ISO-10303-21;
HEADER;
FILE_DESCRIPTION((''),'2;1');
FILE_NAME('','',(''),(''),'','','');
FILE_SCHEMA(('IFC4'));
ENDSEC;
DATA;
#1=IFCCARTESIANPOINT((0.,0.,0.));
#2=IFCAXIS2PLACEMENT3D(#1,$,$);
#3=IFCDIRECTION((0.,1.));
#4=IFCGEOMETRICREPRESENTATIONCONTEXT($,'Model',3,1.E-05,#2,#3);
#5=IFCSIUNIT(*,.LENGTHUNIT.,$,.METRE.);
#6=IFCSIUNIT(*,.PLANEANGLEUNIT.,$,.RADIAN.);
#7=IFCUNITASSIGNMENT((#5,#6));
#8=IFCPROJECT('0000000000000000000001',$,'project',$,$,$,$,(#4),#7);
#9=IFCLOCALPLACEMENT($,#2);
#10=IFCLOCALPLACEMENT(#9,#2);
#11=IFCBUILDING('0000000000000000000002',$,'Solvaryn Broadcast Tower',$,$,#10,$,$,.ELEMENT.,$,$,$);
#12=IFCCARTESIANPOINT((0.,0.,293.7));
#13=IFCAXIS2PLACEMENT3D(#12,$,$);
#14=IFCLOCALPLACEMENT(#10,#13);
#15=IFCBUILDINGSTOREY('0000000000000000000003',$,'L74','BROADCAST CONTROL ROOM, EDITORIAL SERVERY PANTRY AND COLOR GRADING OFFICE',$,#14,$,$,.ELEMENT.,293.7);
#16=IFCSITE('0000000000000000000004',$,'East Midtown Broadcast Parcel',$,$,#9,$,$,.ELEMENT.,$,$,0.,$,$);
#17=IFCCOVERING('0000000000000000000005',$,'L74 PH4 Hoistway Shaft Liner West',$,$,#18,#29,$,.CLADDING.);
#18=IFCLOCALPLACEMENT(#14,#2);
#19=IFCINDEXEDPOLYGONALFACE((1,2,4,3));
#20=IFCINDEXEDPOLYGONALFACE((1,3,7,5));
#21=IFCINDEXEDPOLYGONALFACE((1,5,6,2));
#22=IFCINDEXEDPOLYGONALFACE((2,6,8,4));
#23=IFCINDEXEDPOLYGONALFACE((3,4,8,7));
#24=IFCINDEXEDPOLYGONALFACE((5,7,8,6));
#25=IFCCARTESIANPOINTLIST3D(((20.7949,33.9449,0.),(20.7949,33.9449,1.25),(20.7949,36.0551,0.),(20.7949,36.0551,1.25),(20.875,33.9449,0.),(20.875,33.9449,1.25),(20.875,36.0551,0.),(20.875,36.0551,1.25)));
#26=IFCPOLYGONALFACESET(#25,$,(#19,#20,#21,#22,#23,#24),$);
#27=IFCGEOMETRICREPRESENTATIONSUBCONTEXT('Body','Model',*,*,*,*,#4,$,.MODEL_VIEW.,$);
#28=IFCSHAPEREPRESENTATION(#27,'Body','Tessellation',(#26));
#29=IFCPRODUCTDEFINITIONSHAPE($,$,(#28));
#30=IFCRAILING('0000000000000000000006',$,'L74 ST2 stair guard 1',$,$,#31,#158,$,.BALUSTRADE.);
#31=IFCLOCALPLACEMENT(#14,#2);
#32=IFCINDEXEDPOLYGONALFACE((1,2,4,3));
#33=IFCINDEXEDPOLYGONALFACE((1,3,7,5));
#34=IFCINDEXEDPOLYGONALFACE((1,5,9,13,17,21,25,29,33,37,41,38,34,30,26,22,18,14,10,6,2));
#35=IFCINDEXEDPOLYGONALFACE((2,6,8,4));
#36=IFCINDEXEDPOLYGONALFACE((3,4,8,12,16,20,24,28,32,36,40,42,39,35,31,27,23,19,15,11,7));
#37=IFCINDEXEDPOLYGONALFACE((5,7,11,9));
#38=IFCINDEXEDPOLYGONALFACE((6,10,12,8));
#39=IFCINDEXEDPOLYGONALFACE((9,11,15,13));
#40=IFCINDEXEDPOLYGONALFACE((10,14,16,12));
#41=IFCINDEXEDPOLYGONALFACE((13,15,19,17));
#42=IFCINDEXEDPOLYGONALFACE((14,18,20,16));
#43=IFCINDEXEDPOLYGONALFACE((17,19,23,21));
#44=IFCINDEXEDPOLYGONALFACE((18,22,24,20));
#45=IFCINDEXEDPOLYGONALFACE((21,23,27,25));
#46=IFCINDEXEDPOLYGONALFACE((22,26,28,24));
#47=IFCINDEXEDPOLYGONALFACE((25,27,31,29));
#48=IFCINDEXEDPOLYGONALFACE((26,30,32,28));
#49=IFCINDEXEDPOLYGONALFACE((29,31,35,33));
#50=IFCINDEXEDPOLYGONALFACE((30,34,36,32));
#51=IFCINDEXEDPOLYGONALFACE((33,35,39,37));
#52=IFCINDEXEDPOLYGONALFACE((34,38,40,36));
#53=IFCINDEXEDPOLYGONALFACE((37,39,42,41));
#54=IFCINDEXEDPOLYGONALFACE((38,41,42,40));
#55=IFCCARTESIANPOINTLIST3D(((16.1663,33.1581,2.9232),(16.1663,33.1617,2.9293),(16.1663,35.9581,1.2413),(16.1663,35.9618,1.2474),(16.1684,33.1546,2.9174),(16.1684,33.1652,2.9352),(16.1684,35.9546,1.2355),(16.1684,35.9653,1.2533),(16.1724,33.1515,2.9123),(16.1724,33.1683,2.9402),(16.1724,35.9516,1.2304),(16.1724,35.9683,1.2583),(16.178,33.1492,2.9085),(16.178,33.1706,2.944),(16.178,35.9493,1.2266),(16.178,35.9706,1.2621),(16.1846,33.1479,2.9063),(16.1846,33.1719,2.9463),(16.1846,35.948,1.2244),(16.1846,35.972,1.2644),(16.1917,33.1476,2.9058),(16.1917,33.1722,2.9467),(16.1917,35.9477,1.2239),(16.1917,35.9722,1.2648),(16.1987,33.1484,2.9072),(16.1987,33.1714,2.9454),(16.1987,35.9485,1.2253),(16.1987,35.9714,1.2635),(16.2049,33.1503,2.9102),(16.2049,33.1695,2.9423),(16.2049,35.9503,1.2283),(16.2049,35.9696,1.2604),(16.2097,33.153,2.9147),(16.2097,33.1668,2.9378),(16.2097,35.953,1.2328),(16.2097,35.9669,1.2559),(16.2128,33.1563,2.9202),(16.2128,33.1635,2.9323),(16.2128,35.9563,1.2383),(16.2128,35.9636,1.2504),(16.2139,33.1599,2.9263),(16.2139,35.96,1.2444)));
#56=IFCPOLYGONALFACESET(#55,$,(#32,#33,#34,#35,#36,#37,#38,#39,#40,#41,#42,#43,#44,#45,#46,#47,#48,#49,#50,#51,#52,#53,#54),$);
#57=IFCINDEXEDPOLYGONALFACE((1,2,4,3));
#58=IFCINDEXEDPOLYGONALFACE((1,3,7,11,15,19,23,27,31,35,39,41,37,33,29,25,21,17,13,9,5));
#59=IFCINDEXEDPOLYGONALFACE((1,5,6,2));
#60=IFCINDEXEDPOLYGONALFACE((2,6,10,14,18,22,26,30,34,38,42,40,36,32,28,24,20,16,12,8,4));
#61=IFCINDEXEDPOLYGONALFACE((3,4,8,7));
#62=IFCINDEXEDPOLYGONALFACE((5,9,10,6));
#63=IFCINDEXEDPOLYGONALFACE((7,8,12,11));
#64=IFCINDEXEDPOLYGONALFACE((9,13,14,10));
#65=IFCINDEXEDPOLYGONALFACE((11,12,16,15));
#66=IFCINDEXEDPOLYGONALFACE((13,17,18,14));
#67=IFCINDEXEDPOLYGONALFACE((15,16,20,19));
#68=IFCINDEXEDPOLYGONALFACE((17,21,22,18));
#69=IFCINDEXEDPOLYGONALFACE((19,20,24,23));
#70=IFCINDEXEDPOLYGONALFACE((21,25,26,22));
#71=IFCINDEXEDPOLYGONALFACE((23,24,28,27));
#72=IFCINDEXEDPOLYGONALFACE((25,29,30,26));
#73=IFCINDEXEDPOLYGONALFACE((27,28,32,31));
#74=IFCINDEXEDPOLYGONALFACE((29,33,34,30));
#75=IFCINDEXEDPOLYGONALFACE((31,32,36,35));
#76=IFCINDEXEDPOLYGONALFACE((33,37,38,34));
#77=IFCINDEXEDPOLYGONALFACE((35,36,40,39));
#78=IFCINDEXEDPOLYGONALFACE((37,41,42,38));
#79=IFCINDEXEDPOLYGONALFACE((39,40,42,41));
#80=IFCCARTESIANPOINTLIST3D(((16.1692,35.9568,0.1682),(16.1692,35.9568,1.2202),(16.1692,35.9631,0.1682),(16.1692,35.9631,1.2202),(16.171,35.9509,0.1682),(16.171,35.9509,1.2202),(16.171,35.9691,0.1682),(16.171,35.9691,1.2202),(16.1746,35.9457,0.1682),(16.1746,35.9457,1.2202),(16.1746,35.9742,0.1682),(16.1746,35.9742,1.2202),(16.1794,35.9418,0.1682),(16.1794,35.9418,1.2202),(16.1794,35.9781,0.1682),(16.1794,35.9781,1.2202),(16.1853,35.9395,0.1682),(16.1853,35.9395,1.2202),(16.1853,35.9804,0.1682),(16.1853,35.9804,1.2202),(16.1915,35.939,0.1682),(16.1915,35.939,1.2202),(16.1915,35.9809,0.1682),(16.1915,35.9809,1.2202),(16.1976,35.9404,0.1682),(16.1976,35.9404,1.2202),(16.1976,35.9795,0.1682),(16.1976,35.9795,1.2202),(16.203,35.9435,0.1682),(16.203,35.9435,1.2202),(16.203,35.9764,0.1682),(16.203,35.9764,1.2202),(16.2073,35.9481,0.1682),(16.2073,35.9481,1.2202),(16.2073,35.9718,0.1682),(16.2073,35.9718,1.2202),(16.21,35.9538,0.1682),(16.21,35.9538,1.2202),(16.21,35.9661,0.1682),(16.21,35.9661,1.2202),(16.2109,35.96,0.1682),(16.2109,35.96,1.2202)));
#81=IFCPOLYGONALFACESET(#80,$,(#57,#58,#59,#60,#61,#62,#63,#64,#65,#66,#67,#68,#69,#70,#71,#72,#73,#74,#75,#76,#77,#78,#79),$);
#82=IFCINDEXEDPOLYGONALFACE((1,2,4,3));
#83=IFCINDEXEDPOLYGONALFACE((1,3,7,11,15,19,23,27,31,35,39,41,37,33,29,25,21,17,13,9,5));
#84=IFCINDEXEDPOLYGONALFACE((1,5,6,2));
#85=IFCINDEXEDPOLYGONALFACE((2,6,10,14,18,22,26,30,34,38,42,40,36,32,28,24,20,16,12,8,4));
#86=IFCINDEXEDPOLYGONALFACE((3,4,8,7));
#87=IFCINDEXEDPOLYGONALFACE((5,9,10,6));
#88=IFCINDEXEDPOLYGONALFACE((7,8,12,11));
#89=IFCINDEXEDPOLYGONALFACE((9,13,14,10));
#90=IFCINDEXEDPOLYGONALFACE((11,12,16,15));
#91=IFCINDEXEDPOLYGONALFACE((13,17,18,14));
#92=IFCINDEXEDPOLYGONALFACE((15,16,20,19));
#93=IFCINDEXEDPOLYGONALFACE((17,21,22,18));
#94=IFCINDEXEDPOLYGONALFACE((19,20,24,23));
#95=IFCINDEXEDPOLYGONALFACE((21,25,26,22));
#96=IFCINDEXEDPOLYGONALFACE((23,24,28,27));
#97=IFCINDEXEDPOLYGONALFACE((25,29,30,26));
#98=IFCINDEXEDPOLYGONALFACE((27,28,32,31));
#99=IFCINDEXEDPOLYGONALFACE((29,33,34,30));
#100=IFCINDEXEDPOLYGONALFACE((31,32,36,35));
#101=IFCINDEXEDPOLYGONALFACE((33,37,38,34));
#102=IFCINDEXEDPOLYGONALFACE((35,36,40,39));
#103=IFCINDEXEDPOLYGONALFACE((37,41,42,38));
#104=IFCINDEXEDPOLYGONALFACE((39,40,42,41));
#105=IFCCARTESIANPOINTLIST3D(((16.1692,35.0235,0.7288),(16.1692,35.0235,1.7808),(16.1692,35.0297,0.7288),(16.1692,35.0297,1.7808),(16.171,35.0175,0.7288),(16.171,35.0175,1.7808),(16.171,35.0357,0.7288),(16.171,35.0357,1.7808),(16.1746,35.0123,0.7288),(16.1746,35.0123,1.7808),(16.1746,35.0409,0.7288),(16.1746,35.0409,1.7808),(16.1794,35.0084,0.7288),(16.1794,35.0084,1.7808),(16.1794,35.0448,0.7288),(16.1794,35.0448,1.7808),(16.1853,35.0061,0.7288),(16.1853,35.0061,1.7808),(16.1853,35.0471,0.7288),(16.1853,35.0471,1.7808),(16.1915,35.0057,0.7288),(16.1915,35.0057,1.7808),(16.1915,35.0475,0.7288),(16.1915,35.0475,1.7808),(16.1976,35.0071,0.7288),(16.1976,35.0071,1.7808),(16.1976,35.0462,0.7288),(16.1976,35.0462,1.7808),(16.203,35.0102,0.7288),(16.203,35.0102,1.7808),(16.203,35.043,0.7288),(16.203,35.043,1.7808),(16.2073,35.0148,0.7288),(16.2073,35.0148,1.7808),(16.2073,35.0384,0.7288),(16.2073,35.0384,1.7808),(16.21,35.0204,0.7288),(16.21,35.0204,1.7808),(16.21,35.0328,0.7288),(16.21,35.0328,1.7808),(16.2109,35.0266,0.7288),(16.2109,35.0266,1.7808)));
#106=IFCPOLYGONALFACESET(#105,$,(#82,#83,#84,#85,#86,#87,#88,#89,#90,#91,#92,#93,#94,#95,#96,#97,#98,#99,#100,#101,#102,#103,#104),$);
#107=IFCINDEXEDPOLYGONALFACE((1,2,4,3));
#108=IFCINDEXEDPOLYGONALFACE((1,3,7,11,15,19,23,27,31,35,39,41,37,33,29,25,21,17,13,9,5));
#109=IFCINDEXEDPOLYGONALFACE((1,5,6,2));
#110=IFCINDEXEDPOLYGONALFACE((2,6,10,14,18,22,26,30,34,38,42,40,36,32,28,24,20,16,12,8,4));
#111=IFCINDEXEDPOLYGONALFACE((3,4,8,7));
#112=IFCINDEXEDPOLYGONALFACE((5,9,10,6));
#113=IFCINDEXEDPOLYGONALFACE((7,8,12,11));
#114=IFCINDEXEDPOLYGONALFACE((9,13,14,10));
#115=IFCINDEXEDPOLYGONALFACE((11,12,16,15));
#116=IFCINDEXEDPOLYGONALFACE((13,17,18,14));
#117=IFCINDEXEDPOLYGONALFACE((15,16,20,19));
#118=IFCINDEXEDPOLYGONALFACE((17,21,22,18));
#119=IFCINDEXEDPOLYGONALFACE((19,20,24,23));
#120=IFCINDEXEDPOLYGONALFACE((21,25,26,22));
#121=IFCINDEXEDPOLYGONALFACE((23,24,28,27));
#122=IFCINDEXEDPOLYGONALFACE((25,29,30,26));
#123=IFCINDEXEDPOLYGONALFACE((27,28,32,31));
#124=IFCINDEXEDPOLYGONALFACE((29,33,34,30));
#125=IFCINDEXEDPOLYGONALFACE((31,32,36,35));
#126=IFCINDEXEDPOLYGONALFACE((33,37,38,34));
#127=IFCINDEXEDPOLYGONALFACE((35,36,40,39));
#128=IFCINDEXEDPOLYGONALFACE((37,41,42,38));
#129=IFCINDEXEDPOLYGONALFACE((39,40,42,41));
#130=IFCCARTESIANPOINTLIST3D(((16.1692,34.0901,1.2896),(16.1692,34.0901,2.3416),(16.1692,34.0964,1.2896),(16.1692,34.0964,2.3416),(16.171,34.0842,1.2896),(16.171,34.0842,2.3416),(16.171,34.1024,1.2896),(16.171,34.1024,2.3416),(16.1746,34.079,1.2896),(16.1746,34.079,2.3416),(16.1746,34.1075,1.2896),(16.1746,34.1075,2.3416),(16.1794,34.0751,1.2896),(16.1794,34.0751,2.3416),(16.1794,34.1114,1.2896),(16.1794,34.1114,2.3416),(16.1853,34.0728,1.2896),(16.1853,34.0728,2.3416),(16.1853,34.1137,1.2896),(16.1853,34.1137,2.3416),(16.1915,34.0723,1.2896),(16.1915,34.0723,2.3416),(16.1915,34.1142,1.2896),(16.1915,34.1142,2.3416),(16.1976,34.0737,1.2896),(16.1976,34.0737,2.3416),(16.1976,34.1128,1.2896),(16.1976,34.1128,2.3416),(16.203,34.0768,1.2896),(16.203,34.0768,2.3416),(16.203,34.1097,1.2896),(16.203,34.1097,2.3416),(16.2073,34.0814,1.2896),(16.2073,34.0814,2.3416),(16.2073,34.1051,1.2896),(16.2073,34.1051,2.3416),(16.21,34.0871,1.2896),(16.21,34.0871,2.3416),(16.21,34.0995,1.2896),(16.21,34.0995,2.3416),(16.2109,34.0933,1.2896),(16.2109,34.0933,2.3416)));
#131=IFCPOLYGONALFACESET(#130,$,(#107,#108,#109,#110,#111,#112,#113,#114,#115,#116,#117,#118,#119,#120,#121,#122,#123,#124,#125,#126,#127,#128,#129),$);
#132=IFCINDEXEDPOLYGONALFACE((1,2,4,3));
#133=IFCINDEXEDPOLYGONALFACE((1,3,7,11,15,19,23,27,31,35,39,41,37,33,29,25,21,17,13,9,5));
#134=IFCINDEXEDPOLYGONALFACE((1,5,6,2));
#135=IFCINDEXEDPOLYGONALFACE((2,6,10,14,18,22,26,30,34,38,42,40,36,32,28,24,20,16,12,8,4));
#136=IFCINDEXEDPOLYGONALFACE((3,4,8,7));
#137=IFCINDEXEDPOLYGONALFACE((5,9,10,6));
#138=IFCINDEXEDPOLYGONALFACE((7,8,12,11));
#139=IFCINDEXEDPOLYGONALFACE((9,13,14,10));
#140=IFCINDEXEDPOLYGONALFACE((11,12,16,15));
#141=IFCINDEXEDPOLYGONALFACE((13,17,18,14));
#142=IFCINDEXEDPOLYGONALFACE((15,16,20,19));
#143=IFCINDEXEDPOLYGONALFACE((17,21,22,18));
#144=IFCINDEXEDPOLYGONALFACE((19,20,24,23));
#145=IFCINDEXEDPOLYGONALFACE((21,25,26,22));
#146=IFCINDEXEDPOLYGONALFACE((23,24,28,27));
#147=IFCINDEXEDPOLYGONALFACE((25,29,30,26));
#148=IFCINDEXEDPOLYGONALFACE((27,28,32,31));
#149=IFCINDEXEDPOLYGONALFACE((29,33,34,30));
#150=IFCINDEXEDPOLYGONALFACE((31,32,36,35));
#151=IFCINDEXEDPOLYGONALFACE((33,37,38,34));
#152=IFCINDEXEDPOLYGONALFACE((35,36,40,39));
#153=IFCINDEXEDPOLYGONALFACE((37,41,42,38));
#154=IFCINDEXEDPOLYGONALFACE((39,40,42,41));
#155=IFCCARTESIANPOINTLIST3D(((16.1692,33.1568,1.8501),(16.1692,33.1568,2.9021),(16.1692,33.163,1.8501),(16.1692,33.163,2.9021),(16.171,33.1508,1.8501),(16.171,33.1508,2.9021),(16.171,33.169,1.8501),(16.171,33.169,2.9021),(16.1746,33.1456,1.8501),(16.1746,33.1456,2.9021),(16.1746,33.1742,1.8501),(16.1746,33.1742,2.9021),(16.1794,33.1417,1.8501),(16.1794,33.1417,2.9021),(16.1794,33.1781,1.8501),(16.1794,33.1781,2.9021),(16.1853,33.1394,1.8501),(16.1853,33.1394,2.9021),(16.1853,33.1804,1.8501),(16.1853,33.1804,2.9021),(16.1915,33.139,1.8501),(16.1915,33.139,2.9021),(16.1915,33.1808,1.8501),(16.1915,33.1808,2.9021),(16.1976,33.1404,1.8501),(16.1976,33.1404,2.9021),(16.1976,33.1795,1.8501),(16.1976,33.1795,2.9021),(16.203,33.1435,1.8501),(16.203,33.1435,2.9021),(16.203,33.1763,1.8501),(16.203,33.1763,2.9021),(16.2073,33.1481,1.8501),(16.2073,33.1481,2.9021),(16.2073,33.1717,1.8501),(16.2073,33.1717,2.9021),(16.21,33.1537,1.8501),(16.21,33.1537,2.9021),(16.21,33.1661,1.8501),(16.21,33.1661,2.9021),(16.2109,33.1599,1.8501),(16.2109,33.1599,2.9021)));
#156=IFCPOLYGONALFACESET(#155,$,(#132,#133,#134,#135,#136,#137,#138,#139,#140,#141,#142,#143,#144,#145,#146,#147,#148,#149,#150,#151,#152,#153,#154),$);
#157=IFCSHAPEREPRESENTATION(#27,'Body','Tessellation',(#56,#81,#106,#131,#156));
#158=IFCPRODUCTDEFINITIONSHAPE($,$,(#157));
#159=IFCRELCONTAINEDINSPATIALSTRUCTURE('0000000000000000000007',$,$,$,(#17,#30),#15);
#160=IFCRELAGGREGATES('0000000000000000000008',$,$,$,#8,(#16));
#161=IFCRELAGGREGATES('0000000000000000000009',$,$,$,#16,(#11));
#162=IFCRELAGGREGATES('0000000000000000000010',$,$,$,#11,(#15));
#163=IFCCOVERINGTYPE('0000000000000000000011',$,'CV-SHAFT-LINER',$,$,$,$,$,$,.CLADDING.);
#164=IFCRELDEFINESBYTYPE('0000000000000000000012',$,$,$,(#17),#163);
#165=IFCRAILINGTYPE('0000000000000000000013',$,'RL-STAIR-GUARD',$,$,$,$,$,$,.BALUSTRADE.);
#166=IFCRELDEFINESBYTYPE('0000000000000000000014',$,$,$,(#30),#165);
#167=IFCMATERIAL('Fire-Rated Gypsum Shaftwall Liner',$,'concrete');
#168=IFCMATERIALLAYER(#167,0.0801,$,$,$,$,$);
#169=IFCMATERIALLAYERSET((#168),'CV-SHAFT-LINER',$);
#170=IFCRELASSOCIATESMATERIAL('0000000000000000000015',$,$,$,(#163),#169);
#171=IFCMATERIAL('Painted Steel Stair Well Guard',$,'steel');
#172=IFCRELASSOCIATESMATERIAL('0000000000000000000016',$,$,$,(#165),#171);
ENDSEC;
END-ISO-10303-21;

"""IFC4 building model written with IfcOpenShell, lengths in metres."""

from ifc_helpers import new_model, si_unit, direction, frame, origin, origin_2d, place, context, subcontext, project, spatial, rectangle, circle, extrude, material, layer, layer_set, type_object, element, save


model = new_model("IFC4")

# Units and contexts
model_context = context("Model", 3, precision=1e-05, world=origin(), true_north=direction((0.0, 1.0)))
body_context = subcontext(model_context, "Body", "Model", "MODEL_VIEW")
ifc_project = project(units=[si_unit("LENGTHUNIT", "METRE"), si_unit("PLANEANGLEUNIT", "RADIAN")], contexts=[model_context])

# Site, building, storey
site_placement = place(None, origin())
site = spatial("IfcSite", under=ifc_project, at=site_placement, Name="East Midtown Broadcast Parcel", CompositionType="ELEMENT", RefElevation=0.0)
building_placement = place(site_placement, origin())
building = spatial("IfcBuilding", under=site, at=building_placement, Name="Solvaryn Broadcast Tower", CompositionType="ELEMENT")
storey_placement = place(building_placement, frame((0.0, 0.0, 293.7)))
storey = spatial("IfcBuildingStorey", under=building, at=storey_placement, Name="L74", Description="BROADCAST CONTROL ROOM, EDITORIAL SERVERY PANTRY AND COLOR GRADING OFFICE", CompositionType="ELEMENT", Elevation=293.7)

# Covering
ifc_material_1 = material(Name="Fire-Rated Gypsum Shaftwall Liner", Category="concrete")
ifc_layer_1 = layer(ifc_material_1, 0.0801)
ifc_layer_set_1 = layer_set([ifc_layer_1], Name="CV-SHAFT-LINER")
covering_type = type_object("IfcCoveringType", Name="CV-SHAFT-LINER", PredefinedType="CLADDING", material=ifc_layer_set_1)
for number, where, z_axis, x_axis, name in (
    (1, (20.835, 35.0, 0.0), (0.0, 0.0, 1.0), (1.0, 0.0, 0.0), "L74 PH4 Hoistway Shaft Liner West"),
):
    element("IfcCovering", number, at=place(storey_placement, frame(where, z_axis=z_axis, x_axis=x_axis)), inside=storey, type_object=covering_type, Name=name, PredefinedType="CLADDING", context=body_context, shape_type="SweptSolid", body=[
        extrude(rectangle(XDim=0.0801, YDim=2.1101, at=origin_2d()), origin(), (0.0, 0.0, 1.0), 1.25),
    ])

# Railing
ifc_material_2 = material(Name="Painted Steel Stair Well Guard", Category="steel")
railing_type_1 = type_object("IfcRailingType", Name="RL-STAIR-GUARD", PredefinedType="BALUSTRADE", material=ifc_material_2)
railing_1_placement = place(storey_placement, frame((16.1899, 35.96, 0.1682)))
element("IfcRailing", 2, at=railing_1_placement, inside=storey, type_object=railing_type_1, Name="L74 ST2 stair guard 1", PredefinedType="BALUSTRADE", context=body_context, shape_type="SweptSolid", body=[
    extrude(circle(Radius=0.0239, at=origin_2d()), frame((0.0, 0.0, 1.0762), z_axis=(0.0, -0.857242, 0.514913), x_axis=(1.0, 0.0, 0.0)), (0.0, 0.0, 1.0), 3.2664),
    extrude(circle(Radius=0.021, at=origin_2d()), origin(), (0.0, 0.0, 1.0), 1.052),
    extrude(circle(Radius=0.021, at=origin_2d()), frame((0.0, -0.9333, 0.5605)), (0.0, 0.0, 1.0), 1.052),
    extrude(circle(Radius=0.021, at=origin_2d()), frame((0.0, -1.8667, 1.1213)), (0.0, 0.0, 1.0), 1.052),
    extrude(circle(Radius=0.021, at=origin_2d()), frame((0.0, -2.8, 1.6819)), (0.0, 0.0, 1.0), 1.052),
])

save(model, "model.ifc")
